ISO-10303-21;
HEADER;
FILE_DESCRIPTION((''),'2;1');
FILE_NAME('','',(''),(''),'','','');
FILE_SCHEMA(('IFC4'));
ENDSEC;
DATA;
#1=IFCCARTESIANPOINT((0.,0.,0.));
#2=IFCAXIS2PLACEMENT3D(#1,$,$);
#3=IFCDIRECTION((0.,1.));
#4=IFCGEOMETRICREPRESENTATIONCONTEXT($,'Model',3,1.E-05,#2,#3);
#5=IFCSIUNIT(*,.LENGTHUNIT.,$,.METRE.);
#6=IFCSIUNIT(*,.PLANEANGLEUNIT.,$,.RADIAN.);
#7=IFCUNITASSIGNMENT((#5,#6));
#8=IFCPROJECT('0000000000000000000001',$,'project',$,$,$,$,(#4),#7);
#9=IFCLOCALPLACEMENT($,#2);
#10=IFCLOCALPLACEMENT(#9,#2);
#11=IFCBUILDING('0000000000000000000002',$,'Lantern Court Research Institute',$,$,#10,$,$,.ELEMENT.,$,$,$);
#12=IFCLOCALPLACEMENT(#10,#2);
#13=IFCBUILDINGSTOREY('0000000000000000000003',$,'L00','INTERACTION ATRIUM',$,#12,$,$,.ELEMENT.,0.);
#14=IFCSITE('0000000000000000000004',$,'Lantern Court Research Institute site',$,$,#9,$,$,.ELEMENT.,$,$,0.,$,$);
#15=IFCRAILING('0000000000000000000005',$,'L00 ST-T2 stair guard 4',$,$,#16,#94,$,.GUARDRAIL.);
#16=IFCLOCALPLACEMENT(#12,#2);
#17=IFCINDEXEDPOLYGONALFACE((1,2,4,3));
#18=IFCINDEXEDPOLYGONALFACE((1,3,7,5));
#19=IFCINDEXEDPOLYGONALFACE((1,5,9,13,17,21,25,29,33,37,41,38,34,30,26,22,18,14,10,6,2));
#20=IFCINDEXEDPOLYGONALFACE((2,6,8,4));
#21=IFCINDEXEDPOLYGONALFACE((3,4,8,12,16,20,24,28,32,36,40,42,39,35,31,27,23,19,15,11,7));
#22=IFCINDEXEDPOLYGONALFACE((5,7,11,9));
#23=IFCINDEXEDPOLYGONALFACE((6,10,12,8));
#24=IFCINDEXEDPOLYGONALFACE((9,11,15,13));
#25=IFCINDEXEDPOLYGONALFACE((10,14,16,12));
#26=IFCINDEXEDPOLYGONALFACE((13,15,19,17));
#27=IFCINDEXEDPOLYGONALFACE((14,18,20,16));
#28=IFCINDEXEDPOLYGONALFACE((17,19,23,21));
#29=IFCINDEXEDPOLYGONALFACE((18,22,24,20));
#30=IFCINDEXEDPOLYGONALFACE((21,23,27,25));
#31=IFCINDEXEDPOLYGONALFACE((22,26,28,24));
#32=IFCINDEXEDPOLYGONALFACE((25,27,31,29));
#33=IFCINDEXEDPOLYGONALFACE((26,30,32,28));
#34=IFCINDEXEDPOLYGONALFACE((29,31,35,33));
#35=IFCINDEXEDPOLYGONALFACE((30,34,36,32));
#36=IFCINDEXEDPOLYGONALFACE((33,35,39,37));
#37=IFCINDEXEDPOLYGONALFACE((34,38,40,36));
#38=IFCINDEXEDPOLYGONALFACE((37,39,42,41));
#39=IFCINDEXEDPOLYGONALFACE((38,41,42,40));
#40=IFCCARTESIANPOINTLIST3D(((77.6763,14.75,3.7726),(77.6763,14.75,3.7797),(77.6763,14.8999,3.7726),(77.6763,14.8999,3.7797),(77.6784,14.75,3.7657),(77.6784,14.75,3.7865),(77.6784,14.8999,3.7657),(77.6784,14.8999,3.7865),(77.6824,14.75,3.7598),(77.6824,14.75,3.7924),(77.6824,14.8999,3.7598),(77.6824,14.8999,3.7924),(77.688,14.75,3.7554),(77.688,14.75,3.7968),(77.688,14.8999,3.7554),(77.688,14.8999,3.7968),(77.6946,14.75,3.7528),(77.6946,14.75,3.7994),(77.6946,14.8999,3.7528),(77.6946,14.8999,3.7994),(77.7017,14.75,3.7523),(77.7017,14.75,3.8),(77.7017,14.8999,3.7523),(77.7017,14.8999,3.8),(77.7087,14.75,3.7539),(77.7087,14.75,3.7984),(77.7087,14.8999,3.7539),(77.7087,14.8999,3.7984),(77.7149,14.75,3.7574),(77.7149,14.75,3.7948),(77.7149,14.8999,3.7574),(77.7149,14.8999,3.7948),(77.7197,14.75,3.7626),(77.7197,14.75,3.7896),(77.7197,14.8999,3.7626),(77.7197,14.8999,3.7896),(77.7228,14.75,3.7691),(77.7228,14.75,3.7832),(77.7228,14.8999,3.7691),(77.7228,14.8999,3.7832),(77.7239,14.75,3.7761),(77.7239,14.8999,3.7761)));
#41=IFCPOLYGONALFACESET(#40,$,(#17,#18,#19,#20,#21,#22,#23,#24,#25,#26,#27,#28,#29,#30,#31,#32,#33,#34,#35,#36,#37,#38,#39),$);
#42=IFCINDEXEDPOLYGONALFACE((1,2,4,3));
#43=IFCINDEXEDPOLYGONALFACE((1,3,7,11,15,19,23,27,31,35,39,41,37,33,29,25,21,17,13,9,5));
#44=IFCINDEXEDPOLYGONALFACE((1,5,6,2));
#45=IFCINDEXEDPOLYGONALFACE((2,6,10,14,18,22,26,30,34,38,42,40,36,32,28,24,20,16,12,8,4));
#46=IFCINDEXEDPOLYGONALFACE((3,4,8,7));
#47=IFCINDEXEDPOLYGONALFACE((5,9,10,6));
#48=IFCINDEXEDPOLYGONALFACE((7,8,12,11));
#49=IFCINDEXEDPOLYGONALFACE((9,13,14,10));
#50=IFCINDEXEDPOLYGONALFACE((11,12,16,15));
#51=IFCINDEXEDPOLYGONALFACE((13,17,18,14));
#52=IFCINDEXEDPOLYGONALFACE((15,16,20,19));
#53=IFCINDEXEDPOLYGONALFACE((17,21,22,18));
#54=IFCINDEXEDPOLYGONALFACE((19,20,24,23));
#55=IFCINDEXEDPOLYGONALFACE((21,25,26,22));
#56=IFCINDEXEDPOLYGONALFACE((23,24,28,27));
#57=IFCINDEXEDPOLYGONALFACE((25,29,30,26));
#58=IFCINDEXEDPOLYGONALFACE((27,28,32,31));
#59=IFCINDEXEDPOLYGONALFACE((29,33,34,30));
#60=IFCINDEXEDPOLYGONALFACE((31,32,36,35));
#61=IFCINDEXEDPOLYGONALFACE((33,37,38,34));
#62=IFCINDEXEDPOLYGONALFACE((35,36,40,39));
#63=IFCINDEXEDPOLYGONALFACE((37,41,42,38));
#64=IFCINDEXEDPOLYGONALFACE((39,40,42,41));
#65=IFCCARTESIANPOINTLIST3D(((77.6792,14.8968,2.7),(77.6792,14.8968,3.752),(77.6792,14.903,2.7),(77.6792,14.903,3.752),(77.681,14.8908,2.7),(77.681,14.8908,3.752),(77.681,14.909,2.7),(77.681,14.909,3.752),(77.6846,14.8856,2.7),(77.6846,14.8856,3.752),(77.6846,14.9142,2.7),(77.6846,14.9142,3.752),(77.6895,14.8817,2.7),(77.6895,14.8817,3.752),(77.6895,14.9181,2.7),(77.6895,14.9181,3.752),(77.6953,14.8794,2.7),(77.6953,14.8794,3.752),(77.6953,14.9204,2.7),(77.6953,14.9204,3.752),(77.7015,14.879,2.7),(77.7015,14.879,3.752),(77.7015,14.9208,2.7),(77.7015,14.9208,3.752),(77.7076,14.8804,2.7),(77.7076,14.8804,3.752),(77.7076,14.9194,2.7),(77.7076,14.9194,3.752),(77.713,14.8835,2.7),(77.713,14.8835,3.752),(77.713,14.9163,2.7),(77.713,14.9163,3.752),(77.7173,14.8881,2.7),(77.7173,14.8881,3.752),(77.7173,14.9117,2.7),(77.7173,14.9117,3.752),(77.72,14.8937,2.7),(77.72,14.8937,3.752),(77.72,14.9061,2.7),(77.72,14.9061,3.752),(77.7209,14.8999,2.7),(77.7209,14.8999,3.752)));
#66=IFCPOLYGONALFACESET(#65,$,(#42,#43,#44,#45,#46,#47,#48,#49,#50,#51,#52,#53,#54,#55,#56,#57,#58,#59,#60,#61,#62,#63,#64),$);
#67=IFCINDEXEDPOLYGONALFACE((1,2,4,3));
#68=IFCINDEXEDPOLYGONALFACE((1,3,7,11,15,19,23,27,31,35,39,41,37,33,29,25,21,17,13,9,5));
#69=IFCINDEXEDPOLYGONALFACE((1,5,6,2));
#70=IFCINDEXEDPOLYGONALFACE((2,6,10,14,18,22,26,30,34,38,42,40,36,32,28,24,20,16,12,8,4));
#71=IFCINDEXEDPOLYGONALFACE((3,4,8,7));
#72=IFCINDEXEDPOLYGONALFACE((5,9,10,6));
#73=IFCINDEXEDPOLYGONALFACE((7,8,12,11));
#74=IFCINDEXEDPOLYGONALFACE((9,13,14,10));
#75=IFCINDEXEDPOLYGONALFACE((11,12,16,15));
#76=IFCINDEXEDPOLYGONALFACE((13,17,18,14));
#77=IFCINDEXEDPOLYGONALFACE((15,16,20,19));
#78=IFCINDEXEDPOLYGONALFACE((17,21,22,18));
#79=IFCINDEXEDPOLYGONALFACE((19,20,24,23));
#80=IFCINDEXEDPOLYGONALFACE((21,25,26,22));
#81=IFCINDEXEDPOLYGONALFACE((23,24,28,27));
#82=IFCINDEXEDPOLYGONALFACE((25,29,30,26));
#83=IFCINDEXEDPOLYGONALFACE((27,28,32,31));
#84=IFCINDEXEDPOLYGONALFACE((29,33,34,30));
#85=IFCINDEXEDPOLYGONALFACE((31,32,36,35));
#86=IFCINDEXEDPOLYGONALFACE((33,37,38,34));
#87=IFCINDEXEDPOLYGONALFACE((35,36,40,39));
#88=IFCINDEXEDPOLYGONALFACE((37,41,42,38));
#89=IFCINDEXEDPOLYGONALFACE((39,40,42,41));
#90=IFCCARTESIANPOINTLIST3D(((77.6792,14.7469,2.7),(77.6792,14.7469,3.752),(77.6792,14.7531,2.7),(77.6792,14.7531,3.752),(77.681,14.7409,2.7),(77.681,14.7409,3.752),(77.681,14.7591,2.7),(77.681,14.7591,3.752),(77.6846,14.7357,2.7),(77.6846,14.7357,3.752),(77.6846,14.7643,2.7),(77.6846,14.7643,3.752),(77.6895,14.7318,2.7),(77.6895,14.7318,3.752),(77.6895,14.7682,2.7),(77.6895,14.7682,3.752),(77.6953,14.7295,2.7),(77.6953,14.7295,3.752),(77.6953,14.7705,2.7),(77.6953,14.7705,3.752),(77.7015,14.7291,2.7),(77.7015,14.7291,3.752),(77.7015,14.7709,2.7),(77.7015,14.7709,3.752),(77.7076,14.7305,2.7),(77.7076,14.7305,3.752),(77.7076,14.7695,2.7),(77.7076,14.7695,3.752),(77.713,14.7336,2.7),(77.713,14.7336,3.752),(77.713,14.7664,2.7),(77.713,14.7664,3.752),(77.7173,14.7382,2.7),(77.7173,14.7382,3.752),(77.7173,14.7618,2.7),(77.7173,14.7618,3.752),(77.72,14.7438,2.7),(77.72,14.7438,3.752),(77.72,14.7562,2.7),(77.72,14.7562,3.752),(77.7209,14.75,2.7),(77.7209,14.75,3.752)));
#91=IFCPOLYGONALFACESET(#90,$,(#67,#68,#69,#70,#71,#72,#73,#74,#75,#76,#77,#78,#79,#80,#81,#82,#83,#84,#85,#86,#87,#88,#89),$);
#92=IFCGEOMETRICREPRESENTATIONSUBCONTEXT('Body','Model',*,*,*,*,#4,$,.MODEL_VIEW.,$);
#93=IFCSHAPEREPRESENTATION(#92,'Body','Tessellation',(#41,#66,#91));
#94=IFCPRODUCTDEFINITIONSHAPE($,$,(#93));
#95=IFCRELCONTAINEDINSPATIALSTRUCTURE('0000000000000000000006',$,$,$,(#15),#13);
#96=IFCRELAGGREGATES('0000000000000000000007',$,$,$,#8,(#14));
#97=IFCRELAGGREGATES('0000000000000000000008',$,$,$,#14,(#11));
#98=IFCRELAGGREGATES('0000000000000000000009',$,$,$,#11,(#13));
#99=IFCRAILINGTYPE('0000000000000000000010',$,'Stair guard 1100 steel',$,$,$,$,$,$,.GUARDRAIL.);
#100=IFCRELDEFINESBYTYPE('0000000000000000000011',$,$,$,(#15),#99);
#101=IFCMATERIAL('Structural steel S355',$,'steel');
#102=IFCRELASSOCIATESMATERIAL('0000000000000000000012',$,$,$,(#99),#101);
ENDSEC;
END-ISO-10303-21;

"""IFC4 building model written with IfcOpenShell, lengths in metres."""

from ifc_helpers import new_model, si_unit, direction, frame, origin, origin_2d, place, context, subcontext, project, spatial, circle, extrude, material, type_object, element, save


model = new_model("IFC4")

# Units and contexts
model_context = context("Model", 3, precision=1e-05, world=origin(), true_north=direction((0.0, 1.0)))
body_context = subcontext(model_context, "Body", "Model", "MODEL_VIEW")
ifc_project = project(units=[si_unit("LENGTHUNIT", "METRE"), si_unit("PLANEANGLEUNIT", "RADIAN")], contexts=[model_context])

# Site, building, storey
site_placement = place(None, origin())
site = spatial("IfcSite", under=ifc_project, at=site_placement, Name="Lantern Court Research Institute site", CompositionType="ELEMENT", RefElevation=0.0)
building_placement = place(site_placement, origin())
building = spatial("IfcBuilding", under=site, at=building_placement, Name="Lantern Court Research Institute", CompositionType="ELEMENT")
storey_placement = place(building_placement, origin())
storey = spatial("IfcBuildingStorey", under=building, at=storey_placement, Name="L00", Description="INTERACTION ATRIUM", CompositionType="ELEMENT", Elevation=0.0)

# Railing
ifc_material_1 = material(Name="Structural steel S355", Category="steel")
railing_type_1 = type_object("IfcRailingType", Name="Stair guard 1100 steel", PredefinedType="GUARDRAIL", material=ifc_material_1)
railing_1_placement = place(storey_placement, frame((77.7, 14.8999, 2.7)))
element("IfcRailing", 1, at=railing_1_placement, inside=storey, type_object=railing_type_1, Name="L00 ST-T2 stair guard 4", PredefinedType="GUARDRAIL", context=body_context, shape_type="SweptSolid", body=[
    extrude(circle(Radius=0.0239, at=origin_2d()), frame((0.0, 0.0, 1.0762), z_axis=(0.0, -1.0, 0.0), x_axis=(1.0, 0.0, 0.0)), (0.0, 0.0, 1.0), 0.1499),
    extrude(circle(Radius=0.021, at=origin_2d()), origin(), (0.0, 0.0, 1.0), 1.052),
    extrude(circle(Radius=0.021, at=origin_2d()), frame((0.0, -0.1499, 0.0)), (0.0, 0.0, 1.0), 1.052),
])

save(model, "model.ifc")
